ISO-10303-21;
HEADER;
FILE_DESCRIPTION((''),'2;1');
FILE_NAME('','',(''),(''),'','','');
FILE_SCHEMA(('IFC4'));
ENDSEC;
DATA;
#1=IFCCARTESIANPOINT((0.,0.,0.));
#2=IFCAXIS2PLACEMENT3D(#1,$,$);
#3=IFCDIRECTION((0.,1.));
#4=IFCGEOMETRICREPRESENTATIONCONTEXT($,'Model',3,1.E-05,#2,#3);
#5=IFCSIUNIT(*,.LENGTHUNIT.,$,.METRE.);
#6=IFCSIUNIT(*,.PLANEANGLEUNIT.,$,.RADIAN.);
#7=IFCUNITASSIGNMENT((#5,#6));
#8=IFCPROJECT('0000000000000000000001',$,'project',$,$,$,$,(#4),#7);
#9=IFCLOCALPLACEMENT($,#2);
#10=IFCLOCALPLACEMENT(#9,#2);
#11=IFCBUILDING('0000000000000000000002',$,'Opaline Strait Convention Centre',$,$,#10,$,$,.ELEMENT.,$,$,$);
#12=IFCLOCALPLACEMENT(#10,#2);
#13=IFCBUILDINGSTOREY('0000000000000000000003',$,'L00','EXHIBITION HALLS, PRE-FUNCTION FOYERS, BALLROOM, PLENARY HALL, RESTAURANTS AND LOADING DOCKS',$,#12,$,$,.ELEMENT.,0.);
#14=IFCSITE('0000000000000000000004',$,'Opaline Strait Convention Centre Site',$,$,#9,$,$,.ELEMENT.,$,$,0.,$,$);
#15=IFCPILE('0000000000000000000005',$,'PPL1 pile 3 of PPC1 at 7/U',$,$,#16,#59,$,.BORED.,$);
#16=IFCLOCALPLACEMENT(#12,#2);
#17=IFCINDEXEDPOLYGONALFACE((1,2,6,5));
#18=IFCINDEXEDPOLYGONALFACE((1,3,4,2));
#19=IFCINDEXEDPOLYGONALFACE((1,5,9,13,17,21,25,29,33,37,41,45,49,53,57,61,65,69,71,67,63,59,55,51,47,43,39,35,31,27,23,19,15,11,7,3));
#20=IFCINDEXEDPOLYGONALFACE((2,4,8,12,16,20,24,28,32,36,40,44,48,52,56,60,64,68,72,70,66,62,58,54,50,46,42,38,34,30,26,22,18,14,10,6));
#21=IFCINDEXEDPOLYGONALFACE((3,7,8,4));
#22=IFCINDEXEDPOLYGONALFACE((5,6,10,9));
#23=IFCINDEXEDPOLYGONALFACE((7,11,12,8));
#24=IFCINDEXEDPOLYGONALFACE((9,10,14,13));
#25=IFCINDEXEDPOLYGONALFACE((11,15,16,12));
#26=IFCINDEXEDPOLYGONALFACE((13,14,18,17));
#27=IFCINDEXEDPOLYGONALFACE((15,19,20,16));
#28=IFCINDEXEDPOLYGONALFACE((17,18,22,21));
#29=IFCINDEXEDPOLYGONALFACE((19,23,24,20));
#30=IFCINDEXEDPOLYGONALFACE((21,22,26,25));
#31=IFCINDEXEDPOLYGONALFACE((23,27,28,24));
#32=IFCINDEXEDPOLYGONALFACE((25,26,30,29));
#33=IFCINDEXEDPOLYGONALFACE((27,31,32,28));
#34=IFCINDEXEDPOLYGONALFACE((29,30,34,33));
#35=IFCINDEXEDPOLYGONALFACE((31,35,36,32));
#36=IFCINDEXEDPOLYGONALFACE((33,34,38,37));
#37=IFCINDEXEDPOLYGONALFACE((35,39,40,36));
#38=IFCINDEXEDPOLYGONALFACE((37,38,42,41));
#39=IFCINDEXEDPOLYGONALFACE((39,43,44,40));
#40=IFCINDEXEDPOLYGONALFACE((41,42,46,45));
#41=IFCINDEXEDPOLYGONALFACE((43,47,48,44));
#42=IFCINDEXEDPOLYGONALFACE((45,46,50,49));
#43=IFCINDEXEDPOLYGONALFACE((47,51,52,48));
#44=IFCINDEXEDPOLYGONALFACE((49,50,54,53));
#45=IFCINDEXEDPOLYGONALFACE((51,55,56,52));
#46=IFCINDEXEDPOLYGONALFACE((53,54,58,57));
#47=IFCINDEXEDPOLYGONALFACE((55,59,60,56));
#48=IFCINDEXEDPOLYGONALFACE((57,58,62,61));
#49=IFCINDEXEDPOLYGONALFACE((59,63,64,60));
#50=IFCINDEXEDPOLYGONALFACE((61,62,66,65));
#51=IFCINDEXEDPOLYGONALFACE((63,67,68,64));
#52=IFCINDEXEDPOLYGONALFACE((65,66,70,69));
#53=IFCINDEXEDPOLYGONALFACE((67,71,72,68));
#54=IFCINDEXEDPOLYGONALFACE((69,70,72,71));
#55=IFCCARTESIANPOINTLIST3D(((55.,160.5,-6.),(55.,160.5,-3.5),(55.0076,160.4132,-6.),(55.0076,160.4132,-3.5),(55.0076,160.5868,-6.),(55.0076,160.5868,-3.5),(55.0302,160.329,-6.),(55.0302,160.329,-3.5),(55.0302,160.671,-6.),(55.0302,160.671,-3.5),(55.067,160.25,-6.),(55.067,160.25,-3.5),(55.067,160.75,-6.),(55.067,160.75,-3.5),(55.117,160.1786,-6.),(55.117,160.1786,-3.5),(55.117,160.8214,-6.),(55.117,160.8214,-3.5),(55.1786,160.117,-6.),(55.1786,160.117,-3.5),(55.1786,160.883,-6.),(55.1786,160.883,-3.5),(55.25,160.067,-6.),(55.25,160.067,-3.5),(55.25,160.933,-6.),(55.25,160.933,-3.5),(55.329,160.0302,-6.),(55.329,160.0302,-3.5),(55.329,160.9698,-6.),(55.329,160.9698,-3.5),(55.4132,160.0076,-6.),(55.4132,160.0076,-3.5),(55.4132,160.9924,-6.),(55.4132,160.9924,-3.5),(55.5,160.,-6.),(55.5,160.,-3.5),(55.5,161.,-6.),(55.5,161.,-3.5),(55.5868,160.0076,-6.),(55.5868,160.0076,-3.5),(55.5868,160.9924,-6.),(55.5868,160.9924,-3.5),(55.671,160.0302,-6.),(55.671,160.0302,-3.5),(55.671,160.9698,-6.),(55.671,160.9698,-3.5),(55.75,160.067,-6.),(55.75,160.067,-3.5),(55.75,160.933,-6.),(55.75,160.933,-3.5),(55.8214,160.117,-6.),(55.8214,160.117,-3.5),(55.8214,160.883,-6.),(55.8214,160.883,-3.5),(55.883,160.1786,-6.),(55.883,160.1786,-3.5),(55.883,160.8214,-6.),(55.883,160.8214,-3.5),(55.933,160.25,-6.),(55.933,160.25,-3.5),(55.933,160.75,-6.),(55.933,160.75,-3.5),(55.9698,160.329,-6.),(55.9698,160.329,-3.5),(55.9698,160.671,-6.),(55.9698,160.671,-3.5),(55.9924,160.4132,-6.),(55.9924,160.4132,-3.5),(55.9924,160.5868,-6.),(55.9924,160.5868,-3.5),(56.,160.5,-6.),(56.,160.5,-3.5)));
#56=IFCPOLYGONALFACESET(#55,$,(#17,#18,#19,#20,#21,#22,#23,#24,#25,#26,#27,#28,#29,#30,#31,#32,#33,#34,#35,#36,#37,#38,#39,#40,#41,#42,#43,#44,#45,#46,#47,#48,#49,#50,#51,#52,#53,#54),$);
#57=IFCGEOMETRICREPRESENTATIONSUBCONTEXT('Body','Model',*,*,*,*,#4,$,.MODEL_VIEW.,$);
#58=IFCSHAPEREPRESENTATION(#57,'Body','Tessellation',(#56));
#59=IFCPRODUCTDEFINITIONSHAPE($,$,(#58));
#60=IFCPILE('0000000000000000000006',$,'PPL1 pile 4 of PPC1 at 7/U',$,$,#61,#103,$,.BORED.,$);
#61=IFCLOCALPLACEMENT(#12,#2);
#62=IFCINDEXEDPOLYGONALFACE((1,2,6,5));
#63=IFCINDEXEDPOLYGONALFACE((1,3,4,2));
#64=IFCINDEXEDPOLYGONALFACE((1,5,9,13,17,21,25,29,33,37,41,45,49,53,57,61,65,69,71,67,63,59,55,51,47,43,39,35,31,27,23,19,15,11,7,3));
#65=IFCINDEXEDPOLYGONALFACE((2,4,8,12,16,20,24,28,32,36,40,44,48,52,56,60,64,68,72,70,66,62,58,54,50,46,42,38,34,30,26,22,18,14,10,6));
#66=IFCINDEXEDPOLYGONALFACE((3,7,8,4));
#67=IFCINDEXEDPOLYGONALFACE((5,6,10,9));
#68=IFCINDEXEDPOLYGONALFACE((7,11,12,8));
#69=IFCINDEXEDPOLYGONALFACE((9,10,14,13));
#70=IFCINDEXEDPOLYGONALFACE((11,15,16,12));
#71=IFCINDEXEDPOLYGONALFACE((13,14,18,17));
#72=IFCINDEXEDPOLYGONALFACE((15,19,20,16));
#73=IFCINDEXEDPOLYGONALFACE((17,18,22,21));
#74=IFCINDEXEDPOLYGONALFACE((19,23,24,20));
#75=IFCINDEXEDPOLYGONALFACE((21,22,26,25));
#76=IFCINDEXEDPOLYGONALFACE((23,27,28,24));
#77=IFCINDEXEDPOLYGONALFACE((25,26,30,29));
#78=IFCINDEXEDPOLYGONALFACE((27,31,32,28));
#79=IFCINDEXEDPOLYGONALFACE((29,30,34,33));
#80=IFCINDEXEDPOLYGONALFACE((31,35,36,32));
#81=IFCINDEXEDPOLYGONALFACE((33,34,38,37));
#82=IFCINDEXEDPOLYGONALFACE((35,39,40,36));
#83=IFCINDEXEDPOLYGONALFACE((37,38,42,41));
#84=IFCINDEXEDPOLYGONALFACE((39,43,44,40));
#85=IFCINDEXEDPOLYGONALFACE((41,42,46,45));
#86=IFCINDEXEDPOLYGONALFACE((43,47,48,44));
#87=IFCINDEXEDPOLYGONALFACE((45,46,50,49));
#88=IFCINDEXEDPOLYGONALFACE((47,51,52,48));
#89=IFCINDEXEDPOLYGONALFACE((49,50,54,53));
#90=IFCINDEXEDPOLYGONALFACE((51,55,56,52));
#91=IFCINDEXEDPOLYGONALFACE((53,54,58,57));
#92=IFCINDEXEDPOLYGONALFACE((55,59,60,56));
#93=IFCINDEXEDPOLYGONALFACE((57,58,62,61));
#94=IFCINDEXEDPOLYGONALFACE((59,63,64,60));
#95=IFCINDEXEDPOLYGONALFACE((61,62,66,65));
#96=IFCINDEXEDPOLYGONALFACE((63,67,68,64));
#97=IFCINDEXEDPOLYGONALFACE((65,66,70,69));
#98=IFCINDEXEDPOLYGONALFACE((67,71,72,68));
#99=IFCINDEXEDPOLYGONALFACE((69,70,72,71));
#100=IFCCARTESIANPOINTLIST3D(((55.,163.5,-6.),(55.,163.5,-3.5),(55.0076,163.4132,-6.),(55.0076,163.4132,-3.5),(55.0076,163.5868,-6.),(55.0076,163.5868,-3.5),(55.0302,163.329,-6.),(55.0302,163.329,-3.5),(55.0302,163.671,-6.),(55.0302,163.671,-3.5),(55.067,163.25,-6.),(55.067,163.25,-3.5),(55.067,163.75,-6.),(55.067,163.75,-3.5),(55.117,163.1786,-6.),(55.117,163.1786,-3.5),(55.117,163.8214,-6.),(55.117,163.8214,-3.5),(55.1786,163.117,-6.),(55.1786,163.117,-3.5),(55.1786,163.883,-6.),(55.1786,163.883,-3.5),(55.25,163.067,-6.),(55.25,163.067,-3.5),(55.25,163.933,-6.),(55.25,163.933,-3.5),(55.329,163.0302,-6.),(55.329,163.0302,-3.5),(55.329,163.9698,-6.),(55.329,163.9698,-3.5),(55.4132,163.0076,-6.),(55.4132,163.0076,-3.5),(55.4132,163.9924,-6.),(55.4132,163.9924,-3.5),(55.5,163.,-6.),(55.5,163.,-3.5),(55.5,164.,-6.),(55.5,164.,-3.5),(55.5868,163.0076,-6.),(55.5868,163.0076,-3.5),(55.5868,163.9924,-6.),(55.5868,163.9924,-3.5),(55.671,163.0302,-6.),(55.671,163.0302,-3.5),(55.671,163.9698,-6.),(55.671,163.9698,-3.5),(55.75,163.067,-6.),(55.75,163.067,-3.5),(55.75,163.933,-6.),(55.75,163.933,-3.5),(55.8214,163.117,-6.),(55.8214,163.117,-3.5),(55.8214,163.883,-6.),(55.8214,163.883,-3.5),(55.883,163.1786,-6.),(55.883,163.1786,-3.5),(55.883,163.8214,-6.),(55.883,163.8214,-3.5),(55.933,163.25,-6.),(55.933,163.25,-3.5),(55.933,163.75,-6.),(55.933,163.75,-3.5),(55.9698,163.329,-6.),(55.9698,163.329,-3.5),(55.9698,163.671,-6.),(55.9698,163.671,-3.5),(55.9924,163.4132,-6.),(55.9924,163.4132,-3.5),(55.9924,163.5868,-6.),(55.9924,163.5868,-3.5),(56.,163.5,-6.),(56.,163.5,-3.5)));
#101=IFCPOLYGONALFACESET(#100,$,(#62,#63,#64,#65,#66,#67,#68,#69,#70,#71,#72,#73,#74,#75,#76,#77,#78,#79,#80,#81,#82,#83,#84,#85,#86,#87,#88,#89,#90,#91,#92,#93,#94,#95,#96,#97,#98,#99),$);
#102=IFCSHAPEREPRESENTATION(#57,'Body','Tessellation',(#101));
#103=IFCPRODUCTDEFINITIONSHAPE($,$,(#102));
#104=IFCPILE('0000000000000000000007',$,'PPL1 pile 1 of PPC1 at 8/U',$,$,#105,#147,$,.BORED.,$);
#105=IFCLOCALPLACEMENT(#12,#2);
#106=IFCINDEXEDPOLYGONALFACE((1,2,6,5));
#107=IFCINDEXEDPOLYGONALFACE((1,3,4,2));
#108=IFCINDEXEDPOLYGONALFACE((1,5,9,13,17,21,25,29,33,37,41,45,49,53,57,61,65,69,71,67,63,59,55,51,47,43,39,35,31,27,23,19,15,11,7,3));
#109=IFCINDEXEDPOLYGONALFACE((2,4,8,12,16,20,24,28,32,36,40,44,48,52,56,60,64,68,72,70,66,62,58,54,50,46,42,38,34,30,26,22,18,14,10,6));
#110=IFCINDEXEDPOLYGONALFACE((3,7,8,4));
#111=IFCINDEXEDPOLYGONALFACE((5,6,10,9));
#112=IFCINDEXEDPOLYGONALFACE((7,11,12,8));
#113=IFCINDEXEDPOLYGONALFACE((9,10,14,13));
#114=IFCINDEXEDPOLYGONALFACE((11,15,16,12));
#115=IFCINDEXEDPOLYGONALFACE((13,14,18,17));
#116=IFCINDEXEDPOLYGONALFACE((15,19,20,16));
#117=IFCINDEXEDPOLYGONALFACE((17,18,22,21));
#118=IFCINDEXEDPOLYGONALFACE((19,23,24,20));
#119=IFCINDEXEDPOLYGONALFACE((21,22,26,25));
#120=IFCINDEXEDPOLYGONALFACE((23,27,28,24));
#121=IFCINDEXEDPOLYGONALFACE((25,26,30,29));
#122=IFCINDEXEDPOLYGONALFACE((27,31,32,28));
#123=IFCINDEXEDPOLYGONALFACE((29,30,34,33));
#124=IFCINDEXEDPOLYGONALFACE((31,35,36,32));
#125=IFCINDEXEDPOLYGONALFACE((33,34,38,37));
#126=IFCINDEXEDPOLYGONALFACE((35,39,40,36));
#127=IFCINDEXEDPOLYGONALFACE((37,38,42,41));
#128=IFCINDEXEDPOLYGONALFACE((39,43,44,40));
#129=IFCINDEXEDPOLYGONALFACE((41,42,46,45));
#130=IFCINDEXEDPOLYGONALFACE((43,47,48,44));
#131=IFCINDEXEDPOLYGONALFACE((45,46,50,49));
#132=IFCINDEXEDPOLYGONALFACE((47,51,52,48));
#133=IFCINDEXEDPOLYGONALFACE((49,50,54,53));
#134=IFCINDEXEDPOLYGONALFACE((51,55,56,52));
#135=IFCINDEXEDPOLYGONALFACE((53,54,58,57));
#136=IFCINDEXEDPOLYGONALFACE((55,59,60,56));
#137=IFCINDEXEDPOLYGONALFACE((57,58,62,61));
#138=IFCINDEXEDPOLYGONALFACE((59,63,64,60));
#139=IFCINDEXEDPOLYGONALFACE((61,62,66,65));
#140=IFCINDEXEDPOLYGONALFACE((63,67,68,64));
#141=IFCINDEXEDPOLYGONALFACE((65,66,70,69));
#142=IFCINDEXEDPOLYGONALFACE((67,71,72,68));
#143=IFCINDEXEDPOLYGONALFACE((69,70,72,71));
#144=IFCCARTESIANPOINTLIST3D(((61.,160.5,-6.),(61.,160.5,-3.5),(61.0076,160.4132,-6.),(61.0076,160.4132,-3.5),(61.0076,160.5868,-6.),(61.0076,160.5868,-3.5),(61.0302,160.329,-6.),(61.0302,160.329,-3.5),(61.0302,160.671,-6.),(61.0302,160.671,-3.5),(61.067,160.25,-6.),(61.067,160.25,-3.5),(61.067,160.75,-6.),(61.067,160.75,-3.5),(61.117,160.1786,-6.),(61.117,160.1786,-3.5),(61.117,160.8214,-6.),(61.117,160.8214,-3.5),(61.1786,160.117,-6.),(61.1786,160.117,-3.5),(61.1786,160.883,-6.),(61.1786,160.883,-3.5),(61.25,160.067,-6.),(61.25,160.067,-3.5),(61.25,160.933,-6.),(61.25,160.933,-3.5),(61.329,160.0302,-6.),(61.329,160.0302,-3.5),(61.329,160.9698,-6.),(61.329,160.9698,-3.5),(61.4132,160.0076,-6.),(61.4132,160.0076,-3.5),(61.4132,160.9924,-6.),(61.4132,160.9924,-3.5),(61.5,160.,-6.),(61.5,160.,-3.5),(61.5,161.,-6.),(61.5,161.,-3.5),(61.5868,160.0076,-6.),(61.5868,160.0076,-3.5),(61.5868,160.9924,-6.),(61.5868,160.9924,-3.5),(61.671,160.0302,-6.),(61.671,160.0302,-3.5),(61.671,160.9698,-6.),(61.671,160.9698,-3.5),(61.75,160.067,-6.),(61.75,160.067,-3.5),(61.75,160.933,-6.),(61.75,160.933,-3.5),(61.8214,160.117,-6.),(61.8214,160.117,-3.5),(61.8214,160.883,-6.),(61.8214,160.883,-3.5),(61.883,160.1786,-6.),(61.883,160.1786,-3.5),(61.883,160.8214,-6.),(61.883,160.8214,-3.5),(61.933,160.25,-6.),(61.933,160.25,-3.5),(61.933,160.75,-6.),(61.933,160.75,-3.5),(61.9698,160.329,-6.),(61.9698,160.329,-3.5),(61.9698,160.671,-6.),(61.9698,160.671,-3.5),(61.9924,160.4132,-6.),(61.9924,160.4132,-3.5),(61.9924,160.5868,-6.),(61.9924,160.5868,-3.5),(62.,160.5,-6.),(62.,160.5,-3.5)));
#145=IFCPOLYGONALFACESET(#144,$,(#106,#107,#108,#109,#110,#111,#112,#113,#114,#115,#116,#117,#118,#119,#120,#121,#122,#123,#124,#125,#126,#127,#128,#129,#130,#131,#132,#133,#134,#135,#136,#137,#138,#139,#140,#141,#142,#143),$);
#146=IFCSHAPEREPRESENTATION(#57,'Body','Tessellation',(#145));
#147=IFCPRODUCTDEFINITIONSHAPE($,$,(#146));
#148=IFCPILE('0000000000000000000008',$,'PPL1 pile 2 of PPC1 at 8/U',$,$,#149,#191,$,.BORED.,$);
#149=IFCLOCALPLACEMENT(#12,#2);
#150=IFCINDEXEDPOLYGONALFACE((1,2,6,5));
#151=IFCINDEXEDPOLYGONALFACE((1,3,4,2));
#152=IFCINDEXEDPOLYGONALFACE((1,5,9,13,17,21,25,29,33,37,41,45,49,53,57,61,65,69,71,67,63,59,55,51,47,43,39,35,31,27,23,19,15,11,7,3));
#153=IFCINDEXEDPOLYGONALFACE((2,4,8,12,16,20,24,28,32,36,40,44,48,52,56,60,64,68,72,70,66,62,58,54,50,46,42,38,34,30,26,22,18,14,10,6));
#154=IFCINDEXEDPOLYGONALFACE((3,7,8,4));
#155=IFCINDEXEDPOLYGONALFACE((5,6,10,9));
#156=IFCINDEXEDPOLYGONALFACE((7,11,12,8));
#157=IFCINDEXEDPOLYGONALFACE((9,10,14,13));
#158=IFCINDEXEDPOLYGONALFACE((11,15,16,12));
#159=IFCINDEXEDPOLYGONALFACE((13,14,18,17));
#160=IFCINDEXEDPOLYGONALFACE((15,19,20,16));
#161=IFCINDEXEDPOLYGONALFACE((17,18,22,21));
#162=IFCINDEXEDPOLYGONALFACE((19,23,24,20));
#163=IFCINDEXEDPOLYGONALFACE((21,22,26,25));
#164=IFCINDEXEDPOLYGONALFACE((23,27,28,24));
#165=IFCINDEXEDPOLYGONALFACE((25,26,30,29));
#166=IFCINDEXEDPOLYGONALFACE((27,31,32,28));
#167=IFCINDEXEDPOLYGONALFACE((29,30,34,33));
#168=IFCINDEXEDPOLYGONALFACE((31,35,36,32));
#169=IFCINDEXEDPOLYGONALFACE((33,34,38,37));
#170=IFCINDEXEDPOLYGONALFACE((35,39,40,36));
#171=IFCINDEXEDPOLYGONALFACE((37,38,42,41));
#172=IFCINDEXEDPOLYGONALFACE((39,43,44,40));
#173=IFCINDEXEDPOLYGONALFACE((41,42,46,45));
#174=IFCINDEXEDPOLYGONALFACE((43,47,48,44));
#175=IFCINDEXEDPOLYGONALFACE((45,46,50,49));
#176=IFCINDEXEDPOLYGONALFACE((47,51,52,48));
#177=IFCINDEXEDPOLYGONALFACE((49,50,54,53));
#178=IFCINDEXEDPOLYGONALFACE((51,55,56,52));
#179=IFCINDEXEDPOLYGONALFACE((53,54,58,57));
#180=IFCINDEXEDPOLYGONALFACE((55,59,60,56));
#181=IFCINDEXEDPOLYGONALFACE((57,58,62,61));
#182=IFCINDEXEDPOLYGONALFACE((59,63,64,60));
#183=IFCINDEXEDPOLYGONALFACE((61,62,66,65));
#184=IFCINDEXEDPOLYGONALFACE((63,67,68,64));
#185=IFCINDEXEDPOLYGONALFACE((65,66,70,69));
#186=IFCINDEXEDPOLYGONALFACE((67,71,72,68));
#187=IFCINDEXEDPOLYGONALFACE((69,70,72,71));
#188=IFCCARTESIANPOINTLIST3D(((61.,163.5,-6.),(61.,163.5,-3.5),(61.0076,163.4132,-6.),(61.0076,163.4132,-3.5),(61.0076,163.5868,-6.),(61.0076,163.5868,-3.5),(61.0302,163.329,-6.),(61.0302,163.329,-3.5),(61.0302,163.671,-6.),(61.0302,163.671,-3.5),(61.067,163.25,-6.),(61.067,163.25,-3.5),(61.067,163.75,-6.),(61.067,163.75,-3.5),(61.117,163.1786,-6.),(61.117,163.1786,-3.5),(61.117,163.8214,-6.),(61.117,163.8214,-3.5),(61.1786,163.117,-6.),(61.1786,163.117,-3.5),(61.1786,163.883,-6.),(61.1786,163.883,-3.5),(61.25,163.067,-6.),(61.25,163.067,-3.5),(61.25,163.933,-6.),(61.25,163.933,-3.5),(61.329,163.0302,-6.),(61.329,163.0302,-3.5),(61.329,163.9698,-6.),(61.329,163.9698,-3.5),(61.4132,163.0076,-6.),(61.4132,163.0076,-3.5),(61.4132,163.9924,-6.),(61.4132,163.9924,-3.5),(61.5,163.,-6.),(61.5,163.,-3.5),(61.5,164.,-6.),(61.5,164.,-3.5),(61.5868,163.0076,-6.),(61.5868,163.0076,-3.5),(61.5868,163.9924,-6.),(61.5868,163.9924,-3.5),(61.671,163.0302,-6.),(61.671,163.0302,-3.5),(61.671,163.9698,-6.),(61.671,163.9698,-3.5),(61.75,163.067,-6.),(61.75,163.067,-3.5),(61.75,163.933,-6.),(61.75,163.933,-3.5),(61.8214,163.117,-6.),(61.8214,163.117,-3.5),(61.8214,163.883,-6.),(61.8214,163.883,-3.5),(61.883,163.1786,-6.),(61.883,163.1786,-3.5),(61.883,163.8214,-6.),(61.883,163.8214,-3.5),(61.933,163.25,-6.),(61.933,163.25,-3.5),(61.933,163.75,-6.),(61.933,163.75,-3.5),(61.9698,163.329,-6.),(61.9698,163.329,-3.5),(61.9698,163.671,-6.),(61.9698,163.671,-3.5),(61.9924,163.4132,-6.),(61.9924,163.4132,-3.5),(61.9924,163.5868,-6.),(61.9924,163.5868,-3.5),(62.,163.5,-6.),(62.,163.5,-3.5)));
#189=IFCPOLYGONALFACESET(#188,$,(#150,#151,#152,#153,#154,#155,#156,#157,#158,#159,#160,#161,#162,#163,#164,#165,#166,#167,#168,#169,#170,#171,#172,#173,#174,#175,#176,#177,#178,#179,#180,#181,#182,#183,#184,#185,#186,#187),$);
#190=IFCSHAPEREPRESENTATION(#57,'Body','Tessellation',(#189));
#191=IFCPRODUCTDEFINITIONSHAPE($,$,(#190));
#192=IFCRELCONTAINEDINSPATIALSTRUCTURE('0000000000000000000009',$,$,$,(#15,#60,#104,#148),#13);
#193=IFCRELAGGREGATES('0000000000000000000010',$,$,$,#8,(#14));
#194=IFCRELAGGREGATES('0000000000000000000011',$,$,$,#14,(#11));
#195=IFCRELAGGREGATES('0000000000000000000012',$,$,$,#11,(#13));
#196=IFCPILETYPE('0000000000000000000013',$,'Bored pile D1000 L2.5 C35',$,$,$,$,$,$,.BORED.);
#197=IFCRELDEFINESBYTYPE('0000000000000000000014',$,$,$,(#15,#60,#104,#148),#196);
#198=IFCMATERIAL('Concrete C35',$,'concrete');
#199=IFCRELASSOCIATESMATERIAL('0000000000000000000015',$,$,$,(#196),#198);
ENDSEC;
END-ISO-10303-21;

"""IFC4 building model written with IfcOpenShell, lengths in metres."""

from ifc_helpers import new_model, si_unit, direction, frame, origin, origin_2d, place, context, subcontext, project, spatial, circle, extrude, material, material_profile, profile_set, type_object, element, save


model = new_model("IFC4")

# Units and contexts
model_context = context("Model", 3, precision=1e-05, world=origin(), true_north=direction((0.0, 1.0)))
body_context = subcontext(model_context, "Body", "Model", "MODEL_VIEW")
ifc_project = project(units=[si_unit("LENGTHUNIT", "METRE"), si_unit("PLANEANGLEUNIT", "RADIAN")], contexts=[model_context])

# Site, building, storey
site_placement = place(None, origin())
site = spatial("IfcSite", under=ifc_project, at=site_placement, Name="Opaline Strait Convention Centre Site", CompositionType="ELEMENT", RefElevation=0.0)
building_placement = place(site_placement, origin())
building = spatial("IfcBuilding", under=site, at=building_placement, Name="Opaline Strait Convention Centre", CompositionType="ELEMENT")
storey_placement = place(building_placement, origin())
storey = spatial("IfcBuildingStorey", under=building, at=storey_placement, Name="L00", Description="EXHIBITION HALLS, PRE-FUNCTION FOYERS, BALLROOM, PLENARY HALL, RESTAURANTS AND LOADING DOCKS", CompositionType="ELEMENT", Elevation=0.0)

# Piles
ifc_material_1 = material(Name="Concrete C35", Category="concrete")
ifc_material_profile_1 = material_profile(ifc_material_1, circle(Radius=0.5, at=origin_2d()), Name="D1000")
ifc_profile_set_1 = profile_set([ifc_material_profile_1], Name="Concrete C35")
pile_type = type_object("IfcPileType", Name="Bored pile D1000 L2.5 C35", PredefinedType="BORED", material=ifc_profile_set_1)
for number, where, z_axis, x_axis, name in (
    (1, (55.5, 160.5, -3.5), (0.0, 0.0, -1.0), (1.0, 0.0, 0.0), "PPL1 pile 3 of PPC1 at 7/U"),
    (2, (55.5, 163.5, -3.5), (0.0, 0.0, -1.0), (1.0, 0.0, 0.0), "PPL1 pile 4 of PPC1 at 7/U"),
    (3, (61.5, 160.5, -3.5), (0.0, 0.0, -1.0), (1.0, 0.0, 0.0), "PPL1 pile 1 of PPC1 at 8/U"),
    (4, (61.5, 163.5, -3.5), (0.0, 0.0, -1.0), (1.0, 0.0, 0.0), "PPL1 pile 2 of PPC1 at 8/U"),
):
    element("IfcPile", number, at=place(storey_placement, frame(where, z_axis=z_axis, x_axis=x_axis)), inside=storey, type_object=pile_type, Name=name, PredefinedType="BORED", context=body_context, shape_type="SweptSolid", body=[
        extrude(circle(Radius=0.5, at=origin_2d()), origin(), (0.0, 0.0, 1.0), 2.5),
    ])

save(model, "model.ifc")
